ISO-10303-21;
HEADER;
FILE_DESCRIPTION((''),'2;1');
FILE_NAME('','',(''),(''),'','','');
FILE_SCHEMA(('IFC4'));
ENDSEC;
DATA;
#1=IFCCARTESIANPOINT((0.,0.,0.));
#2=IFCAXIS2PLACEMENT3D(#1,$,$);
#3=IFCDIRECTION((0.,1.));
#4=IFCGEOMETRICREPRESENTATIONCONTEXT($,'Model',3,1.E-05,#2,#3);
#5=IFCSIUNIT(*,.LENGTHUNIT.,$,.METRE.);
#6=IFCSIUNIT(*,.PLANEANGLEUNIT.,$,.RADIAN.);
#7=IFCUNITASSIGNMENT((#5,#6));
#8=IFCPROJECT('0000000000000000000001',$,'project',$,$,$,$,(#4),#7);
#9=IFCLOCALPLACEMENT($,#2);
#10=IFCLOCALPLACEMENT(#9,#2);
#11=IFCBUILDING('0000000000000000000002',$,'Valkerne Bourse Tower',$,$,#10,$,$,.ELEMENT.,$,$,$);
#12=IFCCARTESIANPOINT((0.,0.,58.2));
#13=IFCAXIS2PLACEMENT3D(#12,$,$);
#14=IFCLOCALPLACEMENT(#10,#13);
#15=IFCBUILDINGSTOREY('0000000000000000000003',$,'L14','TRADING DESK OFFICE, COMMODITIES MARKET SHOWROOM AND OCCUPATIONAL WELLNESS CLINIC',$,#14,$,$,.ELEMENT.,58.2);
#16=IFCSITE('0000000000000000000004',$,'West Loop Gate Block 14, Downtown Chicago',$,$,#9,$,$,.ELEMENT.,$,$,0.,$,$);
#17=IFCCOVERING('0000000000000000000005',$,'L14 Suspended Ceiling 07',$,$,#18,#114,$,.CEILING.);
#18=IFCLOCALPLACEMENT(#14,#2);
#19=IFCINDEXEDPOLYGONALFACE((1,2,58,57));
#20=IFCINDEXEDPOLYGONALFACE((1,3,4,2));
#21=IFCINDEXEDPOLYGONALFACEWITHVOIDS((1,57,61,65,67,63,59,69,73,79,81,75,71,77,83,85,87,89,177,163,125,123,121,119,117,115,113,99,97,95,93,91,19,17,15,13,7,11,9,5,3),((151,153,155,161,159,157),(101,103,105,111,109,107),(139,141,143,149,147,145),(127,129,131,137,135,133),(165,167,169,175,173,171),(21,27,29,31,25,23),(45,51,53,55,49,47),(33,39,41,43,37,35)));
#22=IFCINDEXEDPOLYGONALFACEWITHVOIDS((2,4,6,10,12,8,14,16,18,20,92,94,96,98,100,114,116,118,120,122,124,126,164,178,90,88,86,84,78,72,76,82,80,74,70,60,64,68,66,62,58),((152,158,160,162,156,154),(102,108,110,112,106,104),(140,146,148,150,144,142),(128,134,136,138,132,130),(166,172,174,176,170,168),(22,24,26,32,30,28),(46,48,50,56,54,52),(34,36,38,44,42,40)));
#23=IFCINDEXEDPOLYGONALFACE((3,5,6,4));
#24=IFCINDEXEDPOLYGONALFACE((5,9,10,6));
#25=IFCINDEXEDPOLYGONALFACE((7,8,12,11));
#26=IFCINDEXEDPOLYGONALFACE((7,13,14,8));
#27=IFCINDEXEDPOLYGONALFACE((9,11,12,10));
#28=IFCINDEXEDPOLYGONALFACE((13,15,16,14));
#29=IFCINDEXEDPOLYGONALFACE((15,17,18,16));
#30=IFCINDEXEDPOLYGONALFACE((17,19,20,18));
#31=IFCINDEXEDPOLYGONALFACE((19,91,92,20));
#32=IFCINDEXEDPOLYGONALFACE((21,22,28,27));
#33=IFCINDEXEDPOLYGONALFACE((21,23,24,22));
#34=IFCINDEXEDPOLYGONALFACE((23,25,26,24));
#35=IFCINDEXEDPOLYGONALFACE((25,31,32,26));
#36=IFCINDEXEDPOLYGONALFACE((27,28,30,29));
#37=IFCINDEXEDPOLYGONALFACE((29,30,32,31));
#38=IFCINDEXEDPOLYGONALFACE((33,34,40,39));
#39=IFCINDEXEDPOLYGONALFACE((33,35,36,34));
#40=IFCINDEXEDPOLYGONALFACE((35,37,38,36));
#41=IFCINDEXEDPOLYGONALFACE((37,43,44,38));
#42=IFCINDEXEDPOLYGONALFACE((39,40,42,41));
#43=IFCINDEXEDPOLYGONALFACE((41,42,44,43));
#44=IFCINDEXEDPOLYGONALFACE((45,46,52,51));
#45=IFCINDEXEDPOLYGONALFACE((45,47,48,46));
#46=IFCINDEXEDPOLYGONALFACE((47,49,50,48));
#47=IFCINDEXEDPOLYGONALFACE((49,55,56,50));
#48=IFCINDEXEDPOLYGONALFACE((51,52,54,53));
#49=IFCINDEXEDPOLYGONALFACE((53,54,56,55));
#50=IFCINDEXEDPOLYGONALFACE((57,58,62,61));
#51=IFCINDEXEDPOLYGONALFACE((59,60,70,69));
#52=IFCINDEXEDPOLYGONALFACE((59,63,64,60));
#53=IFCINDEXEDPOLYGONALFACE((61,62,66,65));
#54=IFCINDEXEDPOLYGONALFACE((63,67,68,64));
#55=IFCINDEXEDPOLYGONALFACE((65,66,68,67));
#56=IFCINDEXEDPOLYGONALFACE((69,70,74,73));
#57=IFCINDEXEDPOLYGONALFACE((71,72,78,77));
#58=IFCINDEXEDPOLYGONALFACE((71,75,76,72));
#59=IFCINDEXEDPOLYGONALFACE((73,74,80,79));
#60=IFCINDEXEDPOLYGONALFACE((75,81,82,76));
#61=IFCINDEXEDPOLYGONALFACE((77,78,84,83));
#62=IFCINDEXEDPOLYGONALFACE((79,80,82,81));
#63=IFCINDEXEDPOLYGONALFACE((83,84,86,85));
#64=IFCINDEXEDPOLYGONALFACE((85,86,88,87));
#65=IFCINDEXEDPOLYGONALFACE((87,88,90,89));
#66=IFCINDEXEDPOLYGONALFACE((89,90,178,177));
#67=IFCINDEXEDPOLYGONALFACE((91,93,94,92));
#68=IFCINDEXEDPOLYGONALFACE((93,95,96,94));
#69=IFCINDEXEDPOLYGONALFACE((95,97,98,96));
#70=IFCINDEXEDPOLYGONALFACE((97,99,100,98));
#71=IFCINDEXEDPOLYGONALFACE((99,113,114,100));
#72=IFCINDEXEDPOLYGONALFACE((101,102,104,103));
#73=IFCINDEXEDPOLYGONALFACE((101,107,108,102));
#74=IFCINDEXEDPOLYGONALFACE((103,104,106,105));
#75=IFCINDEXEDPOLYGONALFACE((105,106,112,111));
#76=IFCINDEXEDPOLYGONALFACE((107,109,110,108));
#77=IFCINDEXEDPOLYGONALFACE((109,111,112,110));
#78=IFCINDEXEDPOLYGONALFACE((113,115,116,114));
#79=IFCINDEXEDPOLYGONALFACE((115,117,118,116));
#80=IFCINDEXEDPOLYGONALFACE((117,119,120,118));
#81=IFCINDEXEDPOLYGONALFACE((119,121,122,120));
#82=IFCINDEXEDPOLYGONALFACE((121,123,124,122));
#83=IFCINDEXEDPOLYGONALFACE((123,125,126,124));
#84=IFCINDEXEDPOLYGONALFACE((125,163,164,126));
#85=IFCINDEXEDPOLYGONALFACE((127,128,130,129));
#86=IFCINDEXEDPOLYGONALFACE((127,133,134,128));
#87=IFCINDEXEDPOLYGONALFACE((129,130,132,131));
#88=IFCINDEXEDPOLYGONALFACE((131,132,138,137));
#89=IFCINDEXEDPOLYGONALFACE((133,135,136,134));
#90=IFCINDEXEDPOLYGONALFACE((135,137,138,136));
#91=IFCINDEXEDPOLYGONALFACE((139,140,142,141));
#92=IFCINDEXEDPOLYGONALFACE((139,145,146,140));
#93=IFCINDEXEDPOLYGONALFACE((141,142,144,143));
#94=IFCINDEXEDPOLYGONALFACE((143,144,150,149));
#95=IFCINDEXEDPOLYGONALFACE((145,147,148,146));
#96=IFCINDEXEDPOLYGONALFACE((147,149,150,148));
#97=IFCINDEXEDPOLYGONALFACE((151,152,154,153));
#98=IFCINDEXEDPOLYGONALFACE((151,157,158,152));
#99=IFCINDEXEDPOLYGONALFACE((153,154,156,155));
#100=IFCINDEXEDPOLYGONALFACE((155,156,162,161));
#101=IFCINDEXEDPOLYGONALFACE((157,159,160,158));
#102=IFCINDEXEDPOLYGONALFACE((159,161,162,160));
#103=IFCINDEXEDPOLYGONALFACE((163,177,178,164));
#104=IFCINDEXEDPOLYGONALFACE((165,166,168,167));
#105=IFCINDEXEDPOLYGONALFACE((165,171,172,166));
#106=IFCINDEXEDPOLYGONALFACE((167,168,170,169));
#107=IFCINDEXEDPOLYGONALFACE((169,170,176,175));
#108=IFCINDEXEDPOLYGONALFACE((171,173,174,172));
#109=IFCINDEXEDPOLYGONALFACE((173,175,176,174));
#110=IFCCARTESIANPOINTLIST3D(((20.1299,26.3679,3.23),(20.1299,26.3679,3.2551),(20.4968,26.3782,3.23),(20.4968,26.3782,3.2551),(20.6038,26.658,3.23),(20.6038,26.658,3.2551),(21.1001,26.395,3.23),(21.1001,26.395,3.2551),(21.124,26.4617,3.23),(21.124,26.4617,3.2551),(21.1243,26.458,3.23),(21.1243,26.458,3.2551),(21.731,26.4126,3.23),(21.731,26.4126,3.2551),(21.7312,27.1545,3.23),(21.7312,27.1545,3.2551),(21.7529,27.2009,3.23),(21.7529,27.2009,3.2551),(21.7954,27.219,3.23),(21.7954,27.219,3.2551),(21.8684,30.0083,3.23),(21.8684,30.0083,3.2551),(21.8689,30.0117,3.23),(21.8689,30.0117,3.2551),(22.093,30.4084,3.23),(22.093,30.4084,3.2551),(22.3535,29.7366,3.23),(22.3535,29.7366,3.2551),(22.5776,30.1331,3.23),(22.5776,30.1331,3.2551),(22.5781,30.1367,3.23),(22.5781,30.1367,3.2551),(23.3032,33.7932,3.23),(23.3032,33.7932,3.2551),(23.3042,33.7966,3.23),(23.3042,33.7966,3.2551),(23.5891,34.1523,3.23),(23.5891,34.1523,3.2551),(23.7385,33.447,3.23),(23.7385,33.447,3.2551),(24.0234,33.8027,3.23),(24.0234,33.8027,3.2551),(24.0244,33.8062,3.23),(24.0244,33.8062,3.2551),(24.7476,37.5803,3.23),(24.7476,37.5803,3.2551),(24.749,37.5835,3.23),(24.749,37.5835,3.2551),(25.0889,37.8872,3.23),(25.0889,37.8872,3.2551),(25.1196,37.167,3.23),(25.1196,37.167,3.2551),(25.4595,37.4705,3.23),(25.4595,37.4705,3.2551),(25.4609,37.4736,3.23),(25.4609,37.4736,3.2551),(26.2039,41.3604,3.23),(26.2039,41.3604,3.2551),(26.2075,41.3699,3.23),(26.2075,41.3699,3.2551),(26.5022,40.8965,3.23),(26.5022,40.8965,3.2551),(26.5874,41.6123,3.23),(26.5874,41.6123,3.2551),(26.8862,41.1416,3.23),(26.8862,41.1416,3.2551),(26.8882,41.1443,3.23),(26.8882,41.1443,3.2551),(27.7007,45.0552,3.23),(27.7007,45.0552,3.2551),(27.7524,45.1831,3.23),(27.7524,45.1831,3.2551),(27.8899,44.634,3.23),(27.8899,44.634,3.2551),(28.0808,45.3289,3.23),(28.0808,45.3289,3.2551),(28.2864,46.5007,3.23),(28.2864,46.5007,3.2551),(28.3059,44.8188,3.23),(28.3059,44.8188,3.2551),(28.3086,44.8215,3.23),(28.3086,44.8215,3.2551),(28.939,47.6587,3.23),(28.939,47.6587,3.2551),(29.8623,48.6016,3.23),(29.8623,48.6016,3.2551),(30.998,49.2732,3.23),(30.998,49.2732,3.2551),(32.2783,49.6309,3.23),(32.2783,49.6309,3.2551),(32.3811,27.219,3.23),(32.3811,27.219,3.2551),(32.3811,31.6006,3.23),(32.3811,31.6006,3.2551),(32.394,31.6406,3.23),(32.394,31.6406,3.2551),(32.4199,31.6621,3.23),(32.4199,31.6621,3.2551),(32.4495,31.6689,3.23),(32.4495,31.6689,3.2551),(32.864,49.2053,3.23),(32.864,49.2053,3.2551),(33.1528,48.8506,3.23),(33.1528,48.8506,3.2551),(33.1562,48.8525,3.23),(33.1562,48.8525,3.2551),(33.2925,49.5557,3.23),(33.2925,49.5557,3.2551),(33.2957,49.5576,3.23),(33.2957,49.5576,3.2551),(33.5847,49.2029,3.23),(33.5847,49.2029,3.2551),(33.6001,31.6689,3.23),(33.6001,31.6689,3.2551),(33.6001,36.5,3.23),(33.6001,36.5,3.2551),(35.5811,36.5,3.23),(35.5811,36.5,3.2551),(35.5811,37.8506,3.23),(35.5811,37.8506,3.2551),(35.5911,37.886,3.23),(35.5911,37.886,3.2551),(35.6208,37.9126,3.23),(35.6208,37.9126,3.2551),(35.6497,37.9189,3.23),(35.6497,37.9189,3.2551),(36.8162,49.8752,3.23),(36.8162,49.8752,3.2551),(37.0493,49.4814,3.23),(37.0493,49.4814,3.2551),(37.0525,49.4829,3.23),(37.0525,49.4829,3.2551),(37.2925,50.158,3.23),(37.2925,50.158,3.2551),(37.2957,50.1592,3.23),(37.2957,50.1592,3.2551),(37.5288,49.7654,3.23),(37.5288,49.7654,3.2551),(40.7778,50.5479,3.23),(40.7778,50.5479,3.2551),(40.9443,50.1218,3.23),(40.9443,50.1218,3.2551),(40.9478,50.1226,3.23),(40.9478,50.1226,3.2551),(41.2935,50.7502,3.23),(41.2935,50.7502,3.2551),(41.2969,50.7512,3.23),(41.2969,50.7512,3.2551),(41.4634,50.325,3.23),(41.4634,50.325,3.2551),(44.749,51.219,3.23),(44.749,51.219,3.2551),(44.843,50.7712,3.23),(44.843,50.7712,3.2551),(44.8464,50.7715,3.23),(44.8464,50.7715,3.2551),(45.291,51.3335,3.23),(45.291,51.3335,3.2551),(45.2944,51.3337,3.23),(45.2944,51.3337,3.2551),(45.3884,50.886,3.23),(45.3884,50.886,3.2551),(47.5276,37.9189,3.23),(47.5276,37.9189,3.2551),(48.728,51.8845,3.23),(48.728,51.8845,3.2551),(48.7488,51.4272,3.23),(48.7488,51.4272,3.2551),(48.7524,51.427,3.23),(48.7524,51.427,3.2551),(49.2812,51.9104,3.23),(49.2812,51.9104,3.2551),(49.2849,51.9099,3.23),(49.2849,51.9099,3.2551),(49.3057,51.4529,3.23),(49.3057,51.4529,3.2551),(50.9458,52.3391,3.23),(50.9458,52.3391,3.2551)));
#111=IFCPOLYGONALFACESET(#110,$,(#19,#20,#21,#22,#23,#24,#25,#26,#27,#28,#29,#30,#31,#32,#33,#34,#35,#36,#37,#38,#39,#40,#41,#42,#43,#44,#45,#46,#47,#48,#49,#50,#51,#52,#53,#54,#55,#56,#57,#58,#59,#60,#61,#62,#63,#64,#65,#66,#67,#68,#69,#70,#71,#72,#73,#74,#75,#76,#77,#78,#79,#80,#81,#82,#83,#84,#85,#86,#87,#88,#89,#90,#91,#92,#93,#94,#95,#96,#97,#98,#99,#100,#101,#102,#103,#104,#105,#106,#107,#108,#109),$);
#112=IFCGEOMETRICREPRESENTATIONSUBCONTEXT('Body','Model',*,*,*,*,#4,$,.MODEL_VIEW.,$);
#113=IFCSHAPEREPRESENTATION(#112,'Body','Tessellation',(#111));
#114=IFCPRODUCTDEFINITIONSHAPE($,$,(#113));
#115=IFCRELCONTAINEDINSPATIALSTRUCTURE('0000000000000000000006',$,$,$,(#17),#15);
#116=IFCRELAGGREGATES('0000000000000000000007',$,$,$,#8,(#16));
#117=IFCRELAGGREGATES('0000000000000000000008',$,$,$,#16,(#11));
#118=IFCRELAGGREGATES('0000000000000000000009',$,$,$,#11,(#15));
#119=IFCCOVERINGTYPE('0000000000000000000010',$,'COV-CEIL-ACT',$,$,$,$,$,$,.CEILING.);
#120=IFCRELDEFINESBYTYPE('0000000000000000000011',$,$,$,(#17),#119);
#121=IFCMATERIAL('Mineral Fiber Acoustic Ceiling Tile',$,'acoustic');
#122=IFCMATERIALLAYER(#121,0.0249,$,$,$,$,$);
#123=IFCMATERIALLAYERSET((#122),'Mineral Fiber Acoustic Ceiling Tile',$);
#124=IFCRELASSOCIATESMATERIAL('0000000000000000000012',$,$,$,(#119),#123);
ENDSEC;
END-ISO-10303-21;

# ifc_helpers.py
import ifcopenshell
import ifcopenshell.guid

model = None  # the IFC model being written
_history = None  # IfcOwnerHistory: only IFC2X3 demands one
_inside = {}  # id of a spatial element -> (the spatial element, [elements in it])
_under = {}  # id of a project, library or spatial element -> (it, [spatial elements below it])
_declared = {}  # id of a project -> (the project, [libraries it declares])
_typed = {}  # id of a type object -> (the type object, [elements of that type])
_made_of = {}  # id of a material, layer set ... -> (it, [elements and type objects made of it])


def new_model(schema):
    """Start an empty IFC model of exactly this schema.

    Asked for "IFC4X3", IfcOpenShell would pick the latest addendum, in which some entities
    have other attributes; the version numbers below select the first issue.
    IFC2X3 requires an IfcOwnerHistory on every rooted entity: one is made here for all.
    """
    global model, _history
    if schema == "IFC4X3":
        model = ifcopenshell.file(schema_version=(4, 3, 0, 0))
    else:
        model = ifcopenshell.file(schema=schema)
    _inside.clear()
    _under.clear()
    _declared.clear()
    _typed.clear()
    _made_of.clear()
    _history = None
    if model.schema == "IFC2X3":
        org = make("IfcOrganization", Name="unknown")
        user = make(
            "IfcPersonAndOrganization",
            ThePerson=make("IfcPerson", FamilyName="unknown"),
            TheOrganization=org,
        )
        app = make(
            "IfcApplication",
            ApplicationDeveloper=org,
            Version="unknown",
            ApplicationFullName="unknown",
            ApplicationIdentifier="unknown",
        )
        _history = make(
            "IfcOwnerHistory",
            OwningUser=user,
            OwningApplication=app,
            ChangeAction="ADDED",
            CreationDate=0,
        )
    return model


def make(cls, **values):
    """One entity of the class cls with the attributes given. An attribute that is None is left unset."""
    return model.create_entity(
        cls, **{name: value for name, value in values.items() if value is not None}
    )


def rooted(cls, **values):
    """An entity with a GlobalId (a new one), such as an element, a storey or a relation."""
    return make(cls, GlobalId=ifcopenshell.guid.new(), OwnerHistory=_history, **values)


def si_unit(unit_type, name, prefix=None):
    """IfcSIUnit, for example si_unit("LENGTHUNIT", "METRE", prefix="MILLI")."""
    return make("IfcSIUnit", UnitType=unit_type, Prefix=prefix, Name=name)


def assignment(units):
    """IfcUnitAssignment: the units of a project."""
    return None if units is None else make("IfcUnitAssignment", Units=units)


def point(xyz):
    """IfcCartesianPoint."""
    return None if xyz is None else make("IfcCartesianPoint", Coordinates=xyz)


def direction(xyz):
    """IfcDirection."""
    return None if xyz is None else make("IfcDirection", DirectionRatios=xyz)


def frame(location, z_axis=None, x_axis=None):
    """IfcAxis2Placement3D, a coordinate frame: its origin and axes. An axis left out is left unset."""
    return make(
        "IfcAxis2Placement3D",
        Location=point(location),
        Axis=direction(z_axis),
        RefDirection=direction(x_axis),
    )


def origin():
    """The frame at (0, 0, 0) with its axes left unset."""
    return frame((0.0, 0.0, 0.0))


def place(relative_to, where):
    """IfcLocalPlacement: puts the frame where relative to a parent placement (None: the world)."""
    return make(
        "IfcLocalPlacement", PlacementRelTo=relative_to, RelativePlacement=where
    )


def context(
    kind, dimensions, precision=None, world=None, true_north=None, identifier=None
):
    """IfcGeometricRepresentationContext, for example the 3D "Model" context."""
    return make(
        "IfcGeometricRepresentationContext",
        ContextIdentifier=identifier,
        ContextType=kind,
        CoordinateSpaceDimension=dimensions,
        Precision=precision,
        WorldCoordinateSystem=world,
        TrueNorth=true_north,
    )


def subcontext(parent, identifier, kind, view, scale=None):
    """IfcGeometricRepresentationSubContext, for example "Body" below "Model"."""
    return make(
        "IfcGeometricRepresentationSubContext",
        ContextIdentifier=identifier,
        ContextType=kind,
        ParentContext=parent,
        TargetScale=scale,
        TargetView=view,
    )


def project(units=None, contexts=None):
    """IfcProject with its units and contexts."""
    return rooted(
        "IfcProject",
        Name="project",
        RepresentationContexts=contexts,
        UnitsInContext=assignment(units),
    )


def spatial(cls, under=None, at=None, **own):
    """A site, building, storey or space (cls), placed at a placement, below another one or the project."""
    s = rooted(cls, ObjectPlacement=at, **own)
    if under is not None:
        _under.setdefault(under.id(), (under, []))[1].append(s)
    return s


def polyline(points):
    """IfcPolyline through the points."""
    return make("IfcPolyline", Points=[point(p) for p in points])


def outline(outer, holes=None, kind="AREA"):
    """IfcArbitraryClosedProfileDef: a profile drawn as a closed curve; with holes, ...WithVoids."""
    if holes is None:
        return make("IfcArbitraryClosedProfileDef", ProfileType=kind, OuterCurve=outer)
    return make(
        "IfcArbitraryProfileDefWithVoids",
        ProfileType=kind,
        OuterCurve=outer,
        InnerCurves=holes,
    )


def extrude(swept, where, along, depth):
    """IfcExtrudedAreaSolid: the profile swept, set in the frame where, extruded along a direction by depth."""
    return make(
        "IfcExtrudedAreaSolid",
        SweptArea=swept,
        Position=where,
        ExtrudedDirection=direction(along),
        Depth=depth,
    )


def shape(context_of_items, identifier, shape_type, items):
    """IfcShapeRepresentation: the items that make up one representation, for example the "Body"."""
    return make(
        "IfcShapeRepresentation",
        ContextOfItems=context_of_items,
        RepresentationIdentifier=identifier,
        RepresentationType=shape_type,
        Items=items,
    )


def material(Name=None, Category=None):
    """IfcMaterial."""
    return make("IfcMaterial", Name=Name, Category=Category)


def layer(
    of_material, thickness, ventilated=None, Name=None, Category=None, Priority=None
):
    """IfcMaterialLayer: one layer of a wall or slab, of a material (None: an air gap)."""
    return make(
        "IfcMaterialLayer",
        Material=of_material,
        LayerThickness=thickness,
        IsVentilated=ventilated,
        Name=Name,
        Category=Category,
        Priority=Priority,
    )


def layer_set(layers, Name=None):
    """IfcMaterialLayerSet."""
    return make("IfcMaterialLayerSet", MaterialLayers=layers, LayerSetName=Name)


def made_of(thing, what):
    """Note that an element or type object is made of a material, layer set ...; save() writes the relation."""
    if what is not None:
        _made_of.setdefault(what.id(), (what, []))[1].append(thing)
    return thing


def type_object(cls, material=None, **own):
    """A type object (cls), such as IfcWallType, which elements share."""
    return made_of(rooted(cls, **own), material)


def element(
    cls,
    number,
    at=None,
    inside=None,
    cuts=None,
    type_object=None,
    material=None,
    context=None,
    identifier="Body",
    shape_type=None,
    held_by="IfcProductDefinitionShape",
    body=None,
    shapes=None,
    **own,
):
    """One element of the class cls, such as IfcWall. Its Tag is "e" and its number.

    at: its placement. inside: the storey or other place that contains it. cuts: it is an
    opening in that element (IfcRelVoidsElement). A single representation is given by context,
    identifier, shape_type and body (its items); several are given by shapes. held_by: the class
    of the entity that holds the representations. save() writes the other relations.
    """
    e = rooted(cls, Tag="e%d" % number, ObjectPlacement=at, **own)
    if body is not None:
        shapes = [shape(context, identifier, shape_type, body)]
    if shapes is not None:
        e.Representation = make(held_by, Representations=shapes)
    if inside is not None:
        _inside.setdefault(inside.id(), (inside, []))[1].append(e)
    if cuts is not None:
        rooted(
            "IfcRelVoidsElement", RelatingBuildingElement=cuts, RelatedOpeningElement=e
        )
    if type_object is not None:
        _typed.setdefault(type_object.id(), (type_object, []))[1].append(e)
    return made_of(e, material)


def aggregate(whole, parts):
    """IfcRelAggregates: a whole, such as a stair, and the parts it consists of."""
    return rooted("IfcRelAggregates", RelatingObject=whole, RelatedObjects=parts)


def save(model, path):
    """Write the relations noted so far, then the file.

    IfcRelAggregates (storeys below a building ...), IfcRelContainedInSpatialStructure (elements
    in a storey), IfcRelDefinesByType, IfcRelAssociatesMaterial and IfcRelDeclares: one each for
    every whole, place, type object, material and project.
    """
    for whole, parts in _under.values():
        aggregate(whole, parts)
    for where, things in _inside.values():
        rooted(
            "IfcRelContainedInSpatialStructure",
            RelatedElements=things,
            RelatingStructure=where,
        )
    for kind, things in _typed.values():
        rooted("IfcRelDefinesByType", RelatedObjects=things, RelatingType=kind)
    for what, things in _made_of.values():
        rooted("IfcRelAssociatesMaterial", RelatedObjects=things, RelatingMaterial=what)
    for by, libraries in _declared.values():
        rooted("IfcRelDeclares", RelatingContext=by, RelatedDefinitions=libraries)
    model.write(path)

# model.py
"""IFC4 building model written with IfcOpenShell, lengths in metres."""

from ifc_helpers import new_model, si_unit, direction, frame, origin, place, context, subcontext, project, spatial, polyline, outline, extrude, material, layer, layer_set, type_object, element, save


model = new_model("IFC4")

# Units and contexts
model_context = context("Model", 3, precision=1e-05, world=origin(), true_north=direction((0.0, 1.0)))
body_context = subcontext(model_context, "Body", "Model", "MODEL_VIEW")
ifc_project = project(units=[si_unit("LENGTHUNIT", "METRE"), si_unit("PLANEANGLEUNIT", "RADIAN")], contexts=[model_context])

# Site, building, storey
site_placement = place(None, origin())
site = spatial("IfcSite", under=ifc_project, at=site_placement, Name="West Loop Gate Block 14, Downtown Chicago", CompositionType="ELEMENT", RefElevation=0.0)
building_placement = place(site_placement, origin())
building = spatial("IfcBuilding", under=site, at=building_placement, Name="Valkerne Bourse Tower", CompositionType="ELEMENT")
storey_placement = place(building_placement, frame((0.0, 0.0, 58.2)))
storey = spatial("IfcBuildingStorey", under=building, at=storey_placement, Name="L14", Description="TRADING DESK OFFICE, COMMODITIES MARKET SHOWROOM AND OCCUPATIONAL WELLNESS CLINIC", CompositionType="ELEMENT", Elevation=58.2)

# Covering
ifc_material_1 = material(Name="Mineral Fiber Acoustic Ceiling Tile", Category="acoustic")
ifc_layer_1 = layer(ifc_material_1, 0.0249)
ifc_layer_set_1 = layer_set([ifc_layer_1], Name="Mineral Fiber Acoustic Ceiling Tile")
covering_type_1 = type_object("IfcCoveringType", Name="COV-CEIL-ACT", PredefinedType="CEILING", material=ifc_layer_set_1)
covering_1_placement = place(storey_placement, frame((0.0, 0.0, 3.23)))
element("IfcCovering", 1, at=covering_1_placement, inside=storey, type_object=covering_type_1, Name="L14 Suspended Ceiling 07", PredefinedType="CEILING", context=body_context, shape_type="SweptSolid", body=[
    extrude(outline(polyline([(29.8623, 48.6016), (30.998, 49.2732), (32.2783, 49.6309), (50.9458, 52.3391), (47.5276, 37.9189), (35.6497, 37.9189), (35.6208, 37.9126), (35.5911, 37.886), (35.5811, 37.8506), (35.5811, 36.5), (33.6001, 36.5), (33.6001, 31.6689), (32.4495, 31.6689), (32.4199, 31.6621), (32.394, 31.6406), (32.3811, 31.6006), (32.3811, 27.219), (21.7954, 27.219), (21.7529, 27.2009), (21.7312, 27.1545), (21.731, 26.4126), (21.1001, 26.395), (21.1243, 26.458), (21.124, 26.4617), (20.6038, 26.658), (20.4968, 26.3782), (20.1299, 26.3679), (26.2039, 41.3604), (26.5022, 40.8965), (26.8862, 41.1416), (26.8882, 41.1443), (26.5874, 41.6123), (26.2075, 41.3699), (27.7007, 45.0552), (27.8899, 44.634), (28.3059, 44.8188), (28.3086, 44.8215), (28.0808, 45.3289), (27.7524, 45.1831), (28.2864, 46.5007), (28.939, 47.6587), (29.8623, 48.6016)]), holes=[polyline([(22.5776, 30.1331), (22.5781, 30.1367), (22.093, 30.4084), (21.8689, 30.0117), (21.8684, 30.0083), (22.3535, 29.7366), (22.5776, 30.1331)]), polyline([(24.0244, 33.8062), (23.5891, 34.1523), (23.3042, 33.7966), (23.3032, 33.7932), (23.7385, 33.447), (24.0234, 33.8027), (24.0244, 33.8062)]), polyline([(25.4595, 37.4705), (25.4609, 37.4736), (25.0889, 37.8872), (24.749, 37.5835), (24.7476, 37.5803), (25.1196, 37.167), (25.4595, 37.4705)]), polyline([(33.1562, 48.8525), (33.5847, 49.2029), (33.2957, 49.5576), (33.2925, 49.5557), (32.864, 49.2053), (33.1528, 48.8506), (33.1562, 48.8525)]), polyline([(37.0525, 49.4829), (37.5288, 49.7654), (37.2957, 50.1592), (37.2925, 50.158), (36.8162, 49.8752), (37.0493, 49.4814), (37.0525, 49.4829)]), polyline([(40.9478, 50.1226), (41.4634, 50.325), (41.2969, 50.7512), (41.2935, 50.7502), (40.7778, 50.5479), (40.9443, 50.1218), (40.9478, 50.1226)]), polyline([(45.3884, 50.886), (45.2944, 51.3337), (45.291, 51.3335), (44.749, 51.219), (44.843, 50.7712), (44.8464, 50.7715), (45.3884, 50.886)]), polyline([(49.3057, 51.4529), (49.2849, 51.9099), (49.2812, 51.9104), (48.728, 51.8845), (48.7488, 51.4272), (48.7524, 51.427), (49.3057, 51.4529)])]), origin(), (0.0, 0.0, 1.0), 0.0251),
])

save(model, "model.ifc")
